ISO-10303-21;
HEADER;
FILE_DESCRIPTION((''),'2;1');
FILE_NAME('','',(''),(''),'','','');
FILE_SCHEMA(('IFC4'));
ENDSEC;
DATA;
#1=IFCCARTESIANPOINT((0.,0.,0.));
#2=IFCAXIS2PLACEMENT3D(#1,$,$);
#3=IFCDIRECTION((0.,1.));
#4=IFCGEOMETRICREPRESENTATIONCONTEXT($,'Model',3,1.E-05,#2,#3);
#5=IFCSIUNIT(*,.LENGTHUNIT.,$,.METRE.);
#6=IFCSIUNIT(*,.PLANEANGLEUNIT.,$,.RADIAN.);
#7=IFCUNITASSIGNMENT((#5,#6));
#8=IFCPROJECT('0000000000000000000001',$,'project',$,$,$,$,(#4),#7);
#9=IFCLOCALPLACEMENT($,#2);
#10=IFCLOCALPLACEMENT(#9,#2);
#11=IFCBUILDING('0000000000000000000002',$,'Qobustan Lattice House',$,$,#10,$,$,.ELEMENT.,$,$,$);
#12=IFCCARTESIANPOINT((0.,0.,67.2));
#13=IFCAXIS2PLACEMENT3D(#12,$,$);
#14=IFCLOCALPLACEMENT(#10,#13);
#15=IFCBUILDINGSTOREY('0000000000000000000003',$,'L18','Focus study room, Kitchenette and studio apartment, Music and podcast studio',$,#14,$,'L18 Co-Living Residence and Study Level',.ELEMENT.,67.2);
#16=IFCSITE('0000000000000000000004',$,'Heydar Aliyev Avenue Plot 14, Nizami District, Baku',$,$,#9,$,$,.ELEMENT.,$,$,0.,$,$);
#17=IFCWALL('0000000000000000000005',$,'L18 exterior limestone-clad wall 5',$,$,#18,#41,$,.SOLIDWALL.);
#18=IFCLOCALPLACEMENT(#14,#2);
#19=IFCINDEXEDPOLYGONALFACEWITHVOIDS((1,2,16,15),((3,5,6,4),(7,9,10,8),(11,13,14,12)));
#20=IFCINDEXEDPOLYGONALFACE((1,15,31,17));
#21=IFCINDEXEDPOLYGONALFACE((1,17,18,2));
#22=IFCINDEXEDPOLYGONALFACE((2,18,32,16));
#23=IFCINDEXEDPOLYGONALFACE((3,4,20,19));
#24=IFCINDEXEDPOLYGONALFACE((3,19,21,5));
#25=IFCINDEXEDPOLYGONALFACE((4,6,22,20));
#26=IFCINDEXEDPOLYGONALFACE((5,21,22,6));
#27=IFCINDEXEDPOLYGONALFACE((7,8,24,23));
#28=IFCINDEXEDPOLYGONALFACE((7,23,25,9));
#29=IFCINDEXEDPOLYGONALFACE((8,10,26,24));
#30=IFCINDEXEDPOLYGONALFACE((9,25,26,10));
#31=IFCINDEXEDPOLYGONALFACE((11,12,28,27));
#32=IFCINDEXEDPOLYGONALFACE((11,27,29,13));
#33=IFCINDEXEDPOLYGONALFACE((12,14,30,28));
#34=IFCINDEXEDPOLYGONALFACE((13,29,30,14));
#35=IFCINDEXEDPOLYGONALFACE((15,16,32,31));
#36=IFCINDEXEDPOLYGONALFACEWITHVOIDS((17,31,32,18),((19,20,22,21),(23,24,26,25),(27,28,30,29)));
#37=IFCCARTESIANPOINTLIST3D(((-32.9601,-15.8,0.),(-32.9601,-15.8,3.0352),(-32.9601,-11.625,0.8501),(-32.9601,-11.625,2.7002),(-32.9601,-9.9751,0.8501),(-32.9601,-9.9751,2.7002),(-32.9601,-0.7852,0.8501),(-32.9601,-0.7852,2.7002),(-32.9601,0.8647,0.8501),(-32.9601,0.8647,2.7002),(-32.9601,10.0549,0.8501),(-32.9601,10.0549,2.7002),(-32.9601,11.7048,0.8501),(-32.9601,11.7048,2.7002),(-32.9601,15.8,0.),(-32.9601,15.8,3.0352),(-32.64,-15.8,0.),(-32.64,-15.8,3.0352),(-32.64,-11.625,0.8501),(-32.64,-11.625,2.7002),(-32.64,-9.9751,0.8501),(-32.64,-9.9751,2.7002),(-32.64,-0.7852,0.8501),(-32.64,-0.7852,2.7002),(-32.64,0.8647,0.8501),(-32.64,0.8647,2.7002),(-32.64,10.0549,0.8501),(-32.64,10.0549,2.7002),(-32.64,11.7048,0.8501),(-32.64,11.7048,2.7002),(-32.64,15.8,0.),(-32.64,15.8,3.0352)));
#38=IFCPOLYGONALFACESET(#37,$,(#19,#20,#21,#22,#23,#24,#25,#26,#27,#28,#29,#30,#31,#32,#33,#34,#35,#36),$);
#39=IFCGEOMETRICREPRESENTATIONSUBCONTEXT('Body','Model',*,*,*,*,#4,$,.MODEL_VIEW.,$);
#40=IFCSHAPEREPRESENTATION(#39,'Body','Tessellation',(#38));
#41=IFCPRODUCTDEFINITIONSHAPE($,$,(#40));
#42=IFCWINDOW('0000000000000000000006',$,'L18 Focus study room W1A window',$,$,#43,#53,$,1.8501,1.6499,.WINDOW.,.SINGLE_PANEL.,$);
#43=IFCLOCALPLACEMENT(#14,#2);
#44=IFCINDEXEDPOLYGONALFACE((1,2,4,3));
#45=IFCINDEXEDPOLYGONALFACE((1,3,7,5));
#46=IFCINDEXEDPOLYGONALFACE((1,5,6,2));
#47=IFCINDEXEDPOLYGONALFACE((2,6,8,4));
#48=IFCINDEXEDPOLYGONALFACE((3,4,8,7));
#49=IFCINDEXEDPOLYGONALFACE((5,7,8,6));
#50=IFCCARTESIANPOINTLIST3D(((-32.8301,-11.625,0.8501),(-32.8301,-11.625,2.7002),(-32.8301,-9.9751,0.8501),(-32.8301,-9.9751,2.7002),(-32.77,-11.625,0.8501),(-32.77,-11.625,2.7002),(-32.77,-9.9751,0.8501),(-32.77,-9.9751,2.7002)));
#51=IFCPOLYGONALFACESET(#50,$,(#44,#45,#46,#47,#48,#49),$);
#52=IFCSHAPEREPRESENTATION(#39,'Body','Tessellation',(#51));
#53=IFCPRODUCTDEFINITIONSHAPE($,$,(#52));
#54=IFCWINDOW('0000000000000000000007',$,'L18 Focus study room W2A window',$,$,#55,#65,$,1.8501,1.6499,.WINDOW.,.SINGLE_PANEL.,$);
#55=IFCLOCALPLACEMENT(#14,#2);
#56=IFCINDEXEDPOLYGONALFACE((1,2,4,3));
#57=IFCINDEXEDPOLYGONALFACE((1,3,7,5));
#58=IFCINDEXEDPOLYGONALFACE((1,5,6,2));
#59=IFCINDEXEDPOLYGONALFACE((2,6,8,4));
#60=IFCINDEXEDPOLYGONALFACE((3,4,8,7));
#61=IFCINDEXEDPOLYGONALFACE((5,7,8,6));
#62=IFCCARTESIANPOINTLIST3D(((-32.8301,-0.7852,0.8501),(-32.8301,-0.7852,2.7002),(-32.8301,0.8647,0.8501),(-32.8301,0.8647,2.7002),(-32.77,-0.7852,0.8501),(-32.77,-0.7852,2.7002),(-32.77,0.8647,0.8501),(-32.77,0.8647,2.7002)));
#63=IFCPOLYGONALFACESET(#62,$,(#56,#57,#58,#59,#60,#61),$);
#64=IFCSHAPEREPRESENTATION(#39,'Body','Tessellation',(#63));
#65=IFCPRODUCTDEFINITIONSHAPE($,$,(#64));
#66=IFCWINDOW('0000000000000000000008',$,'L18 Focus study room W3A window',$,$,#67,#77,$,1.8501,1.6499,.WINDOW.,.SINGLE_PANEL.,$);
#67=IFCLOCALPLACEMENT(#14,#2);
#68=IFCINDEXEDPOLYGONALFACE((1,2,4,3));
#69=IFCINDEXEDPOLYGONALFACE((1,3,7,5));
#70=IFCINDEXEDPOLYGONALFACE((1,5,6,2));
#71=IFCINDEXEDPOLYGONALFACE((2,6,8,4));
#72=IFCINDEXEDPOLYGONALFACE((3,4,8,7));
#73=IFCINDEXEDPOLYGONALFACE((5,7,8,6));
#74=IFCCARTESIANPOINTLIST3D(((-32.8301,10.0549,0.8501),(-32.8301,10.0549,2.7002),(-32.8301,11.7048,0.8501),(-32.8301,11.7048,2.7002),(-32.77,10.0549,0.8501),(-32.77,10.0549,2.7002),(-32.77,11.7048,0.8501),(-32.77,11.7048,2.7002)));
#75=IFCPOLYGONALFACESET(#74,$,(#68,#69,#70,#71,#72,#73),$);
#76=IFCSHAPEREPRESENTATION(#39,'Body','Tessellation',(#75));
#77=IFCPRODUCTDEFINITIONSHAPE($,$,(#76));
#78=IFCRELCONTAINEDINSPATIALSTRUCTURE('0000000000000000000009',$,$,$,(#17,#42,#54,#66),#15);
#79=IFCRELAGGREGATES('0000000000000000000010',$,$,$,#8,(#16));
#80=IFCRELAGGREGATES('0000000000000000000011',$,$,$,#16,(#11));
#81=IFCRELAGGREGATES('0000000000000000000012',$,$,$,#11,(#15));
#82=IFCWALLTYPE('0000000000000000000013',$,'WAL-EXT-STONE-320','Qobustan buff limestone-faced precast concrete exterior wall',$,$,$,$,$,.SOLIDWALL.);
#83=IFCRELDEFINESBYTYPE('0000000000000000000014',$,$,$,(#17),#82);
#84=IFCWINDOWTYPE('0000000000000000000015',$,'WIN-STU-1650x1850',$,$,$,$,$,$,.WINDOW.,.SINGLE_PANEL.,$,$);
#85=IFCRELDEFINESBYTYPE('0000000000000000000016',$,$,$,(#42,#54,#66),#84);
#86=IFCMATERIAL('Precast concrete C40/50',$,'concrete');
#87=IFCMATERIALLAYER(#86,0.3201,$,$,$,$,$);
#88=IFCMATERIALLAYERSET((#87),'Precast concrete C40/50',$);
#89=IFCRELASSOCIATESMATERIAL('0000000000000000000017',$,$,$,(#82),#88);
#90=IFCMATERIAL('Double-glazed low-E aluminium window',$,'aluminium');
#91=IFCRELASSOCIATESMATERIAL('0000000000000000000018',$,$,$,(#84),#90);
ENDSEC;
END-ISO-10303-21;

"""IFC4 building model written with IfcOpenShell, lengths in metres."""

from ifc_helpers import new_model, si_unit, direction, frame, frame_2d, origin, place, context, subcontext, project, spatial, rectangle, extrude, material, layer, layer_set, type_object, element, fill, save


model = new_model("IFC4")

# Units and contexts
model_context = context("Model", 3, precision=1e-05, world=origin(), true_north=direction((0.0, 1.0)))
body_context = subcontext(model_context, "Body", "Model", "MODEL_VIEW")
ifc_project = project(units=[si_unit("LENGTHUNIT", "METRE"), si_unit("PLANEANGLEUNIT", "RADIAN")], contexts=[model_context])

# Site, building, storey
site_placement = place(None, origin())
site = spatial("IfcSite", under=ifc_project, at=site_placement, Name="Heydar Aliyev Avenue Plot 14, Nizami District, Baku", CompositionType="ELEMENT", RefElevation=0.0)
building_placement = place(site_placement, origin())
building = spatial("IfcBuilding", under=site, at=building_placement, Name="Qobustan Lattice House", CompositionType="ELEMENT")
storey_placement = place(building_placement, frame((0.0, 0.0, 67.2)))
storey = spatial("IfcBuildingStorey", under=building, at=storey_placement, Name="L18", Description="Focus study room, Kitchenette and studio apartment, Music and podcast studio", LongName="L18 Co-Living Residence and Study Level", CompositionType="ELEMENT", Elevation=67.2)

# Shared definitions
ifc_material_1 = material(Name="Precast concrete C40/50", Category="concrete")
ifc_layer_1 = layer(ifc_material_1, 0.3201)
ifc_layer_set_1 = layer_set([ifc_layer_1], Name="Precast concrete C40/50")
wall_type = type_object("IfcWallType", Name="WAL-EXT-STONE-320", Description="Qobustan buff limestone-faced precast concrete exterior wall", PredefinedType="SOLIDWALL", material=ifc_layer_set_1)

# Wall, openings, windows
wall_1_placement = place(storey_placement, frame((-32.8, -15.8, 0.0), z_axis=(0.0, 0.0, 1.0), x_axis=(0.0, 1.0, 0.0)))
wall_1 = element("IfcWall", 1, at=wall_1_placement, inside=storey, type_object=wall_type, Name="L18 exterior limestone-clad wall 5", PredefinedType="SOLIDWALL", context=body_context, shape_type="SweptSolid", body=[
    extrude(rectangle(XDim=31.6001, YDim=0.3201, at=frame_2d((15.8, 0.0))), origin(), (0.0, 0.0, 1.0), 3.0352),
])
opening_1_placement = place(wall_1_placement, frame((4.175, 0.0, 0.8501)))
opening_1 = element("IfcOpeningElement", 2, at=opening_1_placement, cuts=wall_1, PredefinedType="OPENING", context=body_context, shape_type="SweptSolid", body=[
    extrude(rectangle(XDim=1.6499, YDim=1.8501, at=frame_2d((0.825, 0.925))), frame((0.0, 0.1699, 0.0), z_axis=(0.0, -1.0, 0.0), x_axis=(1.0, 0.0, 0.0)), (0.0, 0.0, 1.0), 0.3401),
])
opening_2_placement = place(wall_1_placement, frame((15.0149, 0.0, 0.8501)))
opening_2 = element("IfcOpeningElement", 3, at=opening_2_placement, cuts=wall_1, PredefinedType="OPENING", context=body_context, shape_type="SweptSolid", body=[
    extrude(rectangle(XDim=1.6499, YDim=1.8501, at=frame_2d((0.825, 0.925))), frame((0.0, 0.1699, 0.0), z_axis=(0.0, -1.0, 0.0), x_axis=(1.0, 0.0, 0.0)), (0.0, 0.0, 1.0), 0.3401),
])
opening_3_placement = place(wall_1_placement, frame((25.855, 0.0, 0.8501)))
opening_3 = element("IfcOpeningElement", 4, at=opening_3_placement, cuts=wall_1, PredefinedType="OPENING", context=body_context, shape_type="SweptSolid", body=[
    extrude(rectangle(XDim=1.6499, YDim=1.8501, at=frame_2d((0.825, 0.925))), frame((0.0, 0.1699, 0.0), z_axis=(0.0, -1.0, 0.0), x_axis=(1.0, 0.0, 0.0)), (0.0, 0.0, 1.0), 0.3401),
])
ifc_material_2 = material(Name="Double-glazed low-E aluminium window", Category="aluminium")
window_type = type_object("IfcWindowType", Name="WIN-STU-1650x1850", PartitioningType="SINGLE_PANEL", PredefinedType="WINDOW", material=ifc_material_2)
window_1_placement = place(opening_1_placement, origin())
window_1 = element("IfcWindow", 5, at=window_1_placement, inside=storey, type_object=window_type, Name="L18 Focus study room W1A window", OverallHeight=1.8501, OverallWidth=1.6499, PartitioningType="SINGLE_PANEL", PredefinedType="WINDOW", context=body_context, shape_type="SweptSolid", body=[
    extrude(rectangle(XDim=1.6499, YDim=1.8501, at=frame_2d((0.825, 0.925))), frame((0.0, 0.03, 0.0), z_axis=(0.0, -1.0, 0.0), x_axis=(1.0, 0.0, 0.0)), (0.0, 0.0, 1.0), 0.0601),
])
fill(opening_1, window_1)
window_2_placement = place(opening_2_placement, origin())
window_2 = element("IfcWindow", 6, at=window_2_placement, inside=storey, type_object=window_type, Name="L18 Focus study room W2A window", OverallHeight=1.8501, OverallWidth=1.6499, PartitioningType="SINGLE_PANEL", PredefinedType="WINDOW", context=body_context, shape_type="SweptSolid", body=[
    extrude(rectangle(XDim=1.6499, YDim=1.8501, at=frame_2d((0.825, 0.925))), frame((0.0, 0.03, 0.0), z_axis=(0.0, -1.0, 0.0), x_axis=(1.0, 0.0, 0.0)), (0.0, 0.0, 1.0), 0.0601),
])
fill(opening_2, window_2)
window_3_placement = place(opening_3_placement, origin())
window_3 = element("IfcWindow", 7, at=window_3_placement, inside=storey, type_object=window_type, Name="L18 Focus study room W3A window", OverallHeight=1.8501, OverallWidth=1.6499, PartitioningType="SINGLE_PANEL", PredefinedType="WINDOW", context=body_context, shape_type="SweptSolid", body=[
    extrude(rectangle(XDim=1.6499, YDim=1.8501, at=frame_2d((0.825, 0.925))), frame((0.0, 0.03, 0.0), z_axis=(0.0, -1.0, 0.0), x_axis=(1.0, 0.0, 0.0)), (0.0, 0.0, 1.0), 0.0601),
])
fill(opening_3, window_3)

save(model, "model.ifc")
